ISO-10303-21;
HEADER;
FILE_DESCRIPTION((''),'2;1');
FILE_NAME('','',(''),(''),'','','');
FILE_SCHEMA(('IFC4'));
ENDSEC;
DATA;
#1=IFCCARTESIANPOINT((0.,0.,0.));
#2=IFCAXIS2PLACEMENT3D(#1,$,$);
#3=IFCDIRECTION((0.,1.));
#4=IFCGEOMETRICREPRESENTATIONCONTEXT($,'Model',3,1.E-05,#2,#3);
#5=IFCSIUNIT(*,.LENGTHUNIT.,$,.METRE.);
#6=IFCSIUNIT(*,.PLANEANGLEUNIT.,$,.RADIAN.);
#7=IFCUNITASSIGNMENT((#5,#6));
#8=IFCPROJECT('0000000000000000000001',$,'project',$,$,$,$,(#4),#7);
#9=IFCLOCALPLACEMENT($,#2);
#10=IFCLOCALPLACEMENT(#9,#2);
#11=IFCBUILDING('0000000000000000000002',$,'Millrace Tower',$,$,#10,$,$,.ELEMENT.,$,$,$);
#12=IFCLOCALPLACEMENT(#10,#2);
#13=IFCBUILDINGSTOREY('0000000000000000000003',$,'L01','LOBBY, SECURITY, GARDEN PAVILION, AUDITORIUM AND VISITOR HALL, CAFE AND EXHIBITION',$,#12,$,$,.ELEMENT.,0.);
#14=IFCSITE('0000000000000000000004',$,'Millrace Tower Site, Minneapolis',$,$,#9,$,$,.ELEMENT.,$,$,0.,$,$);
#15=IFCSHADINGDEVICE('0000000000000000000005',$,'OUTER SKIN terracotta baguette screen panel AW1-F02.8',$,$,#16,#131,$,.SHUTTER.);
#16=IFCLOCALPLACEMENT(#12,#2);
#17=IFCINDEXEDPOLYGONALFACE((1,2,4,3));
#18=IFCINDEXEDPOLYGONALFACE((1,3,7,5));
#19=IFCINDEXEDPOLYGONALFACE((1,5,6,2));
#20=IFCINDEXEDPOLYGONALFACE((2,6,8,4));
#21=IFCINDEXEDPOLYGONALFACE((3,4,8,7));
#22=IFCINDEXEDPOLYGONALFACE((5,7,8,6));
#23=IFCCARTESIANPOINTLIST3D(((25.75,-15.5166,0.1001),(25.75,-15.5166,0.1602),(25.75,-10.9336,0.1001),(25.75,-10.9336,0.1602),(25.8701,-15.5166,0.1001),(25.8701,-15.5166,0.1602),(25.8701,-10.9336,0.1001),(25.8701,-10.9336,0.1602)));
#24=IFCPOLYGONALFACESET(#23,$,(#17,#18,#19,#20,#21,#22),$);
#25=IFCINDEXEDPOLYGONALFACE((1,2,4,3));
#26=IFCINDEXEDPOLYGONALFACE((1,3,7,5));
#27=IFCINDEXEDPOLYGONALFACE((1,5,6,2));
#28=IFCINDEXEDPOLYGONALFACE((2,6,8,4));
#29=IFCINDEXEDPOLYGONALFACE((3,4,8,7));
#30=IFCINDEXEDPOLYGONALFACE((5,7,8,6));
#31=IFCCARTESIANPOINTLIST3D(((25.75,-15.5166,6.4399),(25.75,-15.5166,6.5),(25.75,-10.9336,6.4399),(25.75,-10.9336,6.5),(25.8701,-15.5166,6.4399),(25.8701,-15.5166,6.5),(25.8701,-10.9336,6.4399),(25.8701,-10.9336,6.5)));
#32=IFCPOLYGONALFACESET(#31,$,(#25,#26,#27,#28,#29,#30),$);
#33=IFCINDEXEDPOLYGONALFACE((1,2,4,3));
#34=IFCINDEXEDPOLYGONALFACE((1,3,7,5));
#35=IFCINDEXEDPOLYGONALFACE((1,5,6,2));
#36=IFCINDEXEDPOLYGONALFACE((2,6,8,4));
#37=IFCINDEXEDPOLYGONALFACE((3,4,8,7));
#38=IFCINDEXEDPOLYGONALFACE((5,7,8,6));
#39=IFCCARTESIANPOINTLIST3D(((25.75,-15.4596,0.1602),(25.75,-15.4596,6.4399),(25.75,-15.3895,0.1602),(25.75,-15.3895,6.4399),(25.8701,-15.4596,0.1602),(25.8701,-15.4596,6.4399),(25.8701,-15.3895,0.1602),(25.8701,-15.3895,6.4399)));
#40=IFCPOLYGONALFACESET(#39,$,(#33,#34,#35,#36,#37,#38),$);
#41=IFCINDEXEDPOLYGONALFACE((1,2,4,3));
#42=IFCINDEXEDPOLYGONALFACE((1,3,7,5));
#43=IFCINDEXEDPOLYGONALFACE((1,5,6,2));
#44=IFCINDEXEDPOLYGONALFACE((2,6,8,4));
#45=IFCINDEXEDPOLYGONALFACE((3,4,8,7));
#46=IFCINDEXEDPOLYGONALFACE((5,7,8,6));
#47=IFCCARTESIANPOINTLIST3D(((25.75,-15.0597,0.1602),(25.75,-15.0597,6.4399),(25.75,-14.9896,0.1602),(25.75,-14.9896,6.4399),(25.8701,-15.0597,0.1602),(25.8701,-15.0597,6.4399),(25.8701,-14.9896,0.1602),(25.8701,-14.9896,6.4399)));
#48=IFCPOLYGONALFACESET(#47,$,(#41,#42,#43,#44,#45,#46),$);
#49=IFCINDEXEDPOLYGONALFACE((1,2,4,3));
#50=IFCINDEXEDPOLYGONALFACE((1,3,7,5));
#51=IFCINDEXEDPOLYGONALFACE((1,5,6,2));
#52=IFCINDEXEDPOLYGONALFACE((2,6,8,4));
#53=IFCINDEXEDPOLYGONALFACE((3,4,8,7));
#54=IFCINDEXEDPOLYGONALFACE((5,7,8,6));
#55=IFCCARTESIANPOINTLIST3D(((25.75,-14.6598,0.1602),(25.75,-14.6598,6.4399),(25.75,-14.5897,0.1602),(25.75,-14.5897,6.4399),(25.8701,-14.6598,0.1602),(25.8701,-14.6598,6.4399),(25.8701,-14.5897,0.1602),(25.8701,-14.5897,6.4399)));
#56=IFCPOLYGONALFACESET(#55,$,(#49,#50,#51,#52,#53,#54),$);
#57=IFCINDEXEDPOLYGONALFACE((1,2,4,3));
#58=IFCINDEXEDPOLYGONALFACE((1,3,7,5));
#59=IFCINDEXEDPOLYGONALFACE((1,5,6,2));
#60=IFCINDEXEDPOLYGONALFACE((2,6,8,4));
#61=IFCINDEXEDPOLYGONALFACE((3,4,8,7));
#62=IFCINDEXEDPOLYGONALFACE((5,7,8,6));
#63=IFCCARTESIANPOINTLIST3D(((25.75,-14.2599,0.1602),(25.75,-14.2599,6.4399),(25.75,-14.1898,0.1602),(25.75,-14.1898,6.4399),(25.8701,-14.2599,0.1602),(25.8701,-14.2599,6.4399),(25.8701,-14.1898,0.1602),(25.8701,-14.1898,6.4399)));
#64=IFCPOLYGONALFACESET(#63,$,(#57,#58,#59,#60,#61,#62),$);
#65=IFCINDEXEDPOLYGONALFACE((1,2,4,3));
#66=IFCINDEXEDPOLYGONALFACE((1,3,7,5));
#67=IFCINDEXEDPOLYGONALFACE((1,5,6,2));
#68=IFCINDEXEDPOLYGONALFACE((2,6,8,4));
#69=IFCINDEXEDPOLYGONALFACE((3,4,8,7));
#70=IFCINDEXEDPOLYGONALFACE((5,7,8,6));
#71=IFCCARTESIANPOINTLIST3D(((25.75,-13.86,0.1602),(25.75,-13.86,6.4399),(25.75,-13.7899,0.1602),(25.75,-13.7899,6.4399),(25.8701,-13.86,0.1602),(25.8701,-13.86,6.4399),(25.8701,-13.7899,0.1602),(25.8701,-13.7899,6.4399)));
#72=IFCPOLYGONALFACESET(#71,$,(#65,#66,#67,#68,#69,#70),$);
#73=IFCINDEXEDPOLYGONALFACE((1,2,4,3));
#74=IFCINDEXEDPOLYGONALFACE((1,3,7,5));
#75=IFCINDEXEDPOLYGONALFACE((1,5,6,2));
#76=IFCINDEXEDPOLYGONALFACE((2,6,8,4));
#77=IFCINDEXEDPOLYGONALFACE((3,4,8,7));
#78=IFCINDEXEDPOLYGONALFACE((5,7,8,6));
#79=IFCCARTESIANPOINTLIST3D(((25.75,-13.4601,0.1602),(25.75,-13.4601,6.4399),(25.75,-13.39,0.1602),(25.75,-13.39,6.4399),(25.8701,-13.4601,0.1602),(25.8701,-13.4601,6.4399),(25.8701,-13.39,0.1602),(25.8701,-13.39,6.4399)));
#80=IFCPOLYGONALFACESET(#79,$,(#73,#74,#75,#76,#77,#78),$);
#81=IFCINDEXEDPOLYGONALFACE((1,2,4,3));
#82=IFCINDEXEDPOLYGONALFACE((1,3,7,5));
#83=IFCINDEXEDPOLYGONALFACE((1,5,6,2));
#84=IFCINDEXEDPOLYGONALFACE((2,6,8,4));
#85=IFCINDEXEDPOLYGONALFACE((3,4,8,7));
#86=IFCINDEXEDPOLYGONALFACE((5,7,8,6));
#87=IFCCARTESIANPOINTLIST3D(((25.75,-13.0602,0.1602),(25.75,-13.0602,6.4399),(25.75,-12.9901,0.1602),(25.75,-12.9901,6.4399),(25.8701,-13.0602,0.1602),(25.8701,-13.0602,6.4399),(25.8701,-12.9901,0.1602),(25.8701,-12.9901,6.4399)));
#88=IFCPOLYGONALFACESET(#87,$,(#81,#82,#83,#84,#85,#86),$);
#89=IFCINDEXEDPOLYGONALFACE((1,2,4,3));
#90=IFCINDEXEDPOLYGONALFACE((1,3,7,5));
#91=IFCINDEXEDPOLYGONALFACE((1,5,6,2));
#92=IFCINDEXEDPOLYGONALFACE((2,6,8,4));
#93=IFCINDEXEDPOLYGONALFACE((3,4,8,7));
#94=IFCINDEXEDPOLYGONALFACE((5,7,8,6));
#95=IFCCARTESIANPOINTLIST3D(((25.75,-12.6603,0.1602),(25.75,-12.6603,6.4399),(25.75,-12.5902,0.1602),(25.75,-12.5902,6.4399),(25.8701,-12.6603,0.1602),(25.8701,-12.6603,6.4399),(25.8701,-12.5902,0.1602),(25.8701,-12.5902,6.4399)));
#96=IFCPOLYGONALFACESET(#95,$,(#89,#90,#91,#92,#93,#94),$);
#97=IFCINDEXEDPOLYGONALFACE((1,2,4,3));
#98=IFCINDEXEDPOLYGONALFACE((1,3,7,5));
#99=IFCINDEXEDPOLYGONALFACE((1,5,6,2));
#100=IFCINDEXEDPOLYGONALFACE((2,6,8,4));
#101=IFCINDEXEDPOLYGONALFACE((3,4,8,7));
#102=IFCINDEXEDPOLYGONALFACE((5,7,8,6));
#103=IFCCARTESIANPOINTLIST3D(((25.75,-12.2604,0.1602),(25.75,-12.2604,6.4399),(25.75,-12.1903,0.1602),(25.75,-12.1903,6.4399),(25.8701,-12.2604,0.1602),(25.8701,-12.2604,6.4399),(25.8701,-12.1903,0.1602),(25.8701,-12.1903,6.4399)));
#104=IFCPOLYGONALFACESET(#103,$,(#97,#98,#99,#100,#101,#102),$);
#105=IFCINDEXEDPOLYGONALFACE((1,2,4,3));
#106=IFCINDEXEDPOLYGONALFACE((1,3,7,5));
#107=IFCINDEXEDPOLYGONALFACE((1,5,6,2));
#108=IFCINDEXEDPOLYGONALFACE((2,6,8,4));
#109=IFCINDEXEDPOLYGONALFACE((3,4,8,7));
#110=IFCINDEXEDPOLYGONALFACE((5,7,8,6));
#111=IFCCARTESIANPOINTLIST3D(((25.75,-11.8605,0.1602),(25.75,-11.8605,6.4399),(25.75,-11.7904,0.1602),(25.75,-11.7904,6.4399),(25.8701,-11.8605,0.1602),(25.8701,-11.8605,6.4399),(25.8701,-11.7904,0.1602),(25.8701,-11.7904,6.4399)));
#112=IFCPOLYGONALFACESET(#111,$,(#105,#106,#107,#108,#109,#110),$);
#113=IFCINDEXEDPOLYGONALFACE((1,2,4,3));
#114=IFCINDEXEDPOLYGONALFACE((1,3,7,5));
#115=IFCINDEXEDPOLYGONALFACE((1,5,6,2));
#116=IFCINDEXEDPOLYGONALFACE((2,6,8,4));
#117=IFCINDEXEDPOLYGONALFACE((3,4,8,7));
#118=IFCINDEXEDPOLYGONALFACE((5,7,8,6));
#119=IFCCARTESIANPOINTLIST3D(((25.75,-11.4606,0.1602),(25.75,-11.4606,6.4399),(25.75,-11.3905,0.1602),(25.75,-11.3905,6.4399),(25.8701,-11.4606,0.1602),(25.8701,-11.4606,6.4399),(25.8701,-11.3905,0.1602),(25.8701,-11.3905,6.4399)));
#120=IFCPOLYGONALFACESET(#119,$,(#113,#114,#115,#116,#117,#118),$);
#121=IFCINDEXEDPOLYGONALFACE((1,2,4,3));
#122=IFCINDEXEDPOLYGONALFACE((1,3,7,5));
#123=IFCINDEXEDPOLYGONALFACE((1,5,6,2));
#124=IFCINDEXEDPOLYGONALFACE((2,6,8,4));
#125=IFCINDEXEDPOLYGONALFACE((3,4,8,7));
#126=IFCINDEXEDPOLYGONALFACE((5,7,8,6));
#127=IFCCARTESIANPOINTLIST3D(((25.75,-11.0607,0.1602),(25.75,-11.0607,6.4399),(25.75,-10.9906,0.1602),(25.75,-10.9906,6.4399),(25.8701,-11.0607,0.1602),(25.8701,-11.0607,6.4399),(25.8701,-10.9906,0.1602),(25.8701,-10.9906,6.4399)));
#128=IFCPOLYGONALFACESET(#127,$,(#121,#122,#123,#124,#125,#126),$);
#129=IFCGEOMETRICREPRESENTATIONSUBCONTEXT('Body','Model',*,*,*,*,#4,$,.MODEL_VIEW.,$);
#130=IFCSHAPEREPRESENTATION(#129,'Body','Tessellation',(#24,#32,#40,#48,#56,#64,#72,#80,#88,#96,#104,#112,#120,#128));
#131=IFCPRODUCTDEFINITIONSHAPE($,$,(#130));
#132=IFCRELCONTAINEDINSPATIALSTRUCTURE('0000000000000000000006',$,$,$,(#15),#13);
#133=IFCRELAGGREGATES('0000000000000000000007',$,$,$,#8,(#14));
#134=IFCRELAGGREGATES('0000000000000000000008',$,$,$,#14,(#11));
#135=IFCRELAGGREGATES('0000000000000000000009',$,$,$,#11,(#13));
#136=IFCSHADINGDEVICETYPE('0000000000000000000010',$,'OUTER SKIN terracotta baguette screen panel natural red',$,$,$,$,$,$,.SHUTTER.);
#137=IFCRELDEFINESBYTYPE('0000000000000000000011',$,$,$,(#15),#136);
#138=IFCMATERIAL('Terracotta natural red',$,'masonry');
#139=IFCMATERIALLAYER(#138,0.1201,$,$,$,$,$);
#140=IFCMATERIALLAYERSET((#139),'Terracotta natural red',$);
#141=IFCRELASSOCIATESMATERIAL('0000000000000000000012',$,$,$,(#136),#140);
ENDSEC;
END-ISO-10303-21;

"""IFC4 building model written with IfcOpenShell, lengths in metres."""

from ifc_helpers import new_model, entity, si_unit, direction, frame, frame_2d, origin, place, context, subcontext, project, spatial, rectangle, extrude, source, transform, mapped, material, layer, layer_set, type_object, element, save


model = new_model("IFC4")

# Units and contexts
model_context = context("Model", 3, precision=1e-05, world=origin(), true_north=direction((0.0, 1.0)))
body_context = subcontext(model_context, "Body", "Model", "MODEL_VIEW")
ifc_project = project(units=[si_unit("LENGTHUNIT", "METRE"), si_unit("PLANEANGLEUNIT", "RADIAN")], contexts=[model_context])

# Site, building, storey
site_placement = place(None, origin())
site = spatial("IfcSite", under=ifc_project, at=site_placement, Name="Millrace Tower Site, Minneapolis", CompositionType="ELEMENT", RefElevation=0.0)
building_placement = place(site_placement, origin())
building = spatial("IfcBuilding", under=site, at=building_placement, Name="Millrace Tower", CompositionType="ELEMENT")
storey_placement = place(building_placement, origin())
storey = spatial("IfcBuildingStorey", under=building, at=storey_placement, Name="L01", Description="LOBBY, SECURITY, GARDEN PAVILION, AUDITORIUM AND VISITOR HALL, CAFE AND EXHIBITION", CompositionType="ELEMENT", Elevation=0.0)

# Shading device
ifc_material_1 = material(Name="Terracotta natural red", Category="masonry")
ifc_layer_1 = layer(ifc_material_1, 0.1201)
ifc_layer_set_1 = layer_set([ifc_layer_1], Name="Terracotta natural red")
shading_device_type = type_object("IfcShadingDeviceType", Name="OUTER SKIN terracotta baguette screen panel natural red", PredefinedType="SHUTTER", material=ifc_layer_set_1)
cartesian_point = entity("IfcCartesianPoint", [-2.2915, 0.0601])
shared_polyline = entity("IfcPolyline", [cartesian_point, entity("IfcCartesianPoint", [2.2915, 0.0601]), entity("IfcCartesianPoint", [2.2915, -0.0601]), entity("IfcCartesianPoint", [-2.2915, -0.0601]), cartesian_point])
shared_shape = source(origin(), body_context, "Body", "SweptSolid", [
    entity("IfcExtrudedAreaSolid", entity("IfcArbitraryClosedProfileDef", "AREA", None, shared_polyline), entity("IfcAxis2Placement3D", entity("IfcCartesianPoint", [0.0, 0.0, 0.0])), entity("IfcDirection", [0.0, 0.0, 1.0]), 0.0601),
    entity("IfcExtrudedAreaSolid", entity("IfcArbitraryClosedProfileDef", "AREA", None, shared_polyline), entity("IfcAxis2Placement3D", entity("IfcCartesianPoint", [0.0, 0.0, 6.3398])), entity("IfcDirection", [0.0, 0.0, 1.0]), 0.0601),
    extrude(rectangle(XDim=0.0701, YDim=0.1201, at=frame_2d((-2.1995, 0.0))), frame((0.0, 0.0, 0.0601)), (0.0, 0.0, 1.0), 6.2798),
    extrude(rectangle(XDim=0.0701, YDim=0.1201, at=frame_2d((-1.7996, 0.0))), frame((0.0, 0.0, 0.0601)), (0.0, 0.0, 1.0), 6.2798),
    extrude(rectangle(XDim=0.0701, YDim=0.1201, at=frame_2d((-1.3997, 0.0))), frame((0.0, 0.0, 0.0601)), (0.0, 0.0, 1.0), 6.2798),
    extrude(rectangle(XDim=0.0701, YDim=0.1201, at=frame_2d((-0.9998, 0.0))), frame((0.0, 0.0, 0.0601)), (0.0, 0.0, 1.0), 6.2798),
    extrude(rectangle(XDim=0.0701, YDim=0.1201, at=frame_2d((-0.5999, 0.0))), frame((0.0, 0.0, 0.0601)), (0.0, 0.0, 1.0), 6.2798),
    extrude(rectangle(XDim=0.0701, YDim=0.1201, at=frame_2d((-0.2, 0.0))), frame((0.0, 0.0, 0.0601)), (0.0, 0.0, 1.0), 6.2798),
    extrude(rectangle(XDim=0.0701, YDim=0.1201, at=frame_2d((0.2, 0.0))), frame((0.0, 0.0, 0.0601)), (0.0, 0.0, 1.0), 6.2798),
    extrude(rectangle(XDim=0.0701, YDim=0.1201, at=frame_2d((0.5999, 0.0))), frame((0.0, 0.0, 0.0601)), (0.0, 0.0, 1.0), 6.2798),
    extrude(rectangle(XDim=0.0701, YDim=0.1201, at=frame_2d((0.9998, 0.0))), frame((0.0, 0.0, 0.0601)), (0.0, 0.0, 1.0), 6.2798),
    extrude(rectangle(XDim=0.0701, YDim=0.1201, at=frame_2d((1.3997, 0.0))), frame((0.0, 0.0, 0.0601)), (0.0, 0.0, 1.0), 6.2798),
    extrude(rectangle(XDim=0.0701, YDim=0.1201, at=frame_2d((1.7996, 0.0))), frame((0.0, 0.0, 0.0601)), (0.0, 0.0, 1.0), 6.2798),
    extrude(rectangle(XDim=0.0701, YDim=0.1201, at=frame_2d((2.1995, 0.0))), frame((0.0, 0.0, 0.0601)), (0.0, 0.0, 1.0), 6.2798),
])
for number, where, z_axis, x_axis, name in (
    (1, (25.8101, -13.2251, 0.1001), (0.0, 0.0, 1.0), (0.0, 1.0, 0.0), "OUTER SKIN terracotta baguette screen panel AW1-F02.8"),
):
    element("IfcShadingDevice", number, at=place(storey_placement, frame(where, z_axis=z_axis, x_axis=x_axis)), inside=storey, type_object=shading_device_type, Name=name, PredefinedType="SHUTTER", context=body_context, shape_type="MappedRepresentation", body=[
        mapped(shared_shape, transform((0.0, 0.0, 0.0), scale=1.0)),
    ])

save(model, "model.ifc")
